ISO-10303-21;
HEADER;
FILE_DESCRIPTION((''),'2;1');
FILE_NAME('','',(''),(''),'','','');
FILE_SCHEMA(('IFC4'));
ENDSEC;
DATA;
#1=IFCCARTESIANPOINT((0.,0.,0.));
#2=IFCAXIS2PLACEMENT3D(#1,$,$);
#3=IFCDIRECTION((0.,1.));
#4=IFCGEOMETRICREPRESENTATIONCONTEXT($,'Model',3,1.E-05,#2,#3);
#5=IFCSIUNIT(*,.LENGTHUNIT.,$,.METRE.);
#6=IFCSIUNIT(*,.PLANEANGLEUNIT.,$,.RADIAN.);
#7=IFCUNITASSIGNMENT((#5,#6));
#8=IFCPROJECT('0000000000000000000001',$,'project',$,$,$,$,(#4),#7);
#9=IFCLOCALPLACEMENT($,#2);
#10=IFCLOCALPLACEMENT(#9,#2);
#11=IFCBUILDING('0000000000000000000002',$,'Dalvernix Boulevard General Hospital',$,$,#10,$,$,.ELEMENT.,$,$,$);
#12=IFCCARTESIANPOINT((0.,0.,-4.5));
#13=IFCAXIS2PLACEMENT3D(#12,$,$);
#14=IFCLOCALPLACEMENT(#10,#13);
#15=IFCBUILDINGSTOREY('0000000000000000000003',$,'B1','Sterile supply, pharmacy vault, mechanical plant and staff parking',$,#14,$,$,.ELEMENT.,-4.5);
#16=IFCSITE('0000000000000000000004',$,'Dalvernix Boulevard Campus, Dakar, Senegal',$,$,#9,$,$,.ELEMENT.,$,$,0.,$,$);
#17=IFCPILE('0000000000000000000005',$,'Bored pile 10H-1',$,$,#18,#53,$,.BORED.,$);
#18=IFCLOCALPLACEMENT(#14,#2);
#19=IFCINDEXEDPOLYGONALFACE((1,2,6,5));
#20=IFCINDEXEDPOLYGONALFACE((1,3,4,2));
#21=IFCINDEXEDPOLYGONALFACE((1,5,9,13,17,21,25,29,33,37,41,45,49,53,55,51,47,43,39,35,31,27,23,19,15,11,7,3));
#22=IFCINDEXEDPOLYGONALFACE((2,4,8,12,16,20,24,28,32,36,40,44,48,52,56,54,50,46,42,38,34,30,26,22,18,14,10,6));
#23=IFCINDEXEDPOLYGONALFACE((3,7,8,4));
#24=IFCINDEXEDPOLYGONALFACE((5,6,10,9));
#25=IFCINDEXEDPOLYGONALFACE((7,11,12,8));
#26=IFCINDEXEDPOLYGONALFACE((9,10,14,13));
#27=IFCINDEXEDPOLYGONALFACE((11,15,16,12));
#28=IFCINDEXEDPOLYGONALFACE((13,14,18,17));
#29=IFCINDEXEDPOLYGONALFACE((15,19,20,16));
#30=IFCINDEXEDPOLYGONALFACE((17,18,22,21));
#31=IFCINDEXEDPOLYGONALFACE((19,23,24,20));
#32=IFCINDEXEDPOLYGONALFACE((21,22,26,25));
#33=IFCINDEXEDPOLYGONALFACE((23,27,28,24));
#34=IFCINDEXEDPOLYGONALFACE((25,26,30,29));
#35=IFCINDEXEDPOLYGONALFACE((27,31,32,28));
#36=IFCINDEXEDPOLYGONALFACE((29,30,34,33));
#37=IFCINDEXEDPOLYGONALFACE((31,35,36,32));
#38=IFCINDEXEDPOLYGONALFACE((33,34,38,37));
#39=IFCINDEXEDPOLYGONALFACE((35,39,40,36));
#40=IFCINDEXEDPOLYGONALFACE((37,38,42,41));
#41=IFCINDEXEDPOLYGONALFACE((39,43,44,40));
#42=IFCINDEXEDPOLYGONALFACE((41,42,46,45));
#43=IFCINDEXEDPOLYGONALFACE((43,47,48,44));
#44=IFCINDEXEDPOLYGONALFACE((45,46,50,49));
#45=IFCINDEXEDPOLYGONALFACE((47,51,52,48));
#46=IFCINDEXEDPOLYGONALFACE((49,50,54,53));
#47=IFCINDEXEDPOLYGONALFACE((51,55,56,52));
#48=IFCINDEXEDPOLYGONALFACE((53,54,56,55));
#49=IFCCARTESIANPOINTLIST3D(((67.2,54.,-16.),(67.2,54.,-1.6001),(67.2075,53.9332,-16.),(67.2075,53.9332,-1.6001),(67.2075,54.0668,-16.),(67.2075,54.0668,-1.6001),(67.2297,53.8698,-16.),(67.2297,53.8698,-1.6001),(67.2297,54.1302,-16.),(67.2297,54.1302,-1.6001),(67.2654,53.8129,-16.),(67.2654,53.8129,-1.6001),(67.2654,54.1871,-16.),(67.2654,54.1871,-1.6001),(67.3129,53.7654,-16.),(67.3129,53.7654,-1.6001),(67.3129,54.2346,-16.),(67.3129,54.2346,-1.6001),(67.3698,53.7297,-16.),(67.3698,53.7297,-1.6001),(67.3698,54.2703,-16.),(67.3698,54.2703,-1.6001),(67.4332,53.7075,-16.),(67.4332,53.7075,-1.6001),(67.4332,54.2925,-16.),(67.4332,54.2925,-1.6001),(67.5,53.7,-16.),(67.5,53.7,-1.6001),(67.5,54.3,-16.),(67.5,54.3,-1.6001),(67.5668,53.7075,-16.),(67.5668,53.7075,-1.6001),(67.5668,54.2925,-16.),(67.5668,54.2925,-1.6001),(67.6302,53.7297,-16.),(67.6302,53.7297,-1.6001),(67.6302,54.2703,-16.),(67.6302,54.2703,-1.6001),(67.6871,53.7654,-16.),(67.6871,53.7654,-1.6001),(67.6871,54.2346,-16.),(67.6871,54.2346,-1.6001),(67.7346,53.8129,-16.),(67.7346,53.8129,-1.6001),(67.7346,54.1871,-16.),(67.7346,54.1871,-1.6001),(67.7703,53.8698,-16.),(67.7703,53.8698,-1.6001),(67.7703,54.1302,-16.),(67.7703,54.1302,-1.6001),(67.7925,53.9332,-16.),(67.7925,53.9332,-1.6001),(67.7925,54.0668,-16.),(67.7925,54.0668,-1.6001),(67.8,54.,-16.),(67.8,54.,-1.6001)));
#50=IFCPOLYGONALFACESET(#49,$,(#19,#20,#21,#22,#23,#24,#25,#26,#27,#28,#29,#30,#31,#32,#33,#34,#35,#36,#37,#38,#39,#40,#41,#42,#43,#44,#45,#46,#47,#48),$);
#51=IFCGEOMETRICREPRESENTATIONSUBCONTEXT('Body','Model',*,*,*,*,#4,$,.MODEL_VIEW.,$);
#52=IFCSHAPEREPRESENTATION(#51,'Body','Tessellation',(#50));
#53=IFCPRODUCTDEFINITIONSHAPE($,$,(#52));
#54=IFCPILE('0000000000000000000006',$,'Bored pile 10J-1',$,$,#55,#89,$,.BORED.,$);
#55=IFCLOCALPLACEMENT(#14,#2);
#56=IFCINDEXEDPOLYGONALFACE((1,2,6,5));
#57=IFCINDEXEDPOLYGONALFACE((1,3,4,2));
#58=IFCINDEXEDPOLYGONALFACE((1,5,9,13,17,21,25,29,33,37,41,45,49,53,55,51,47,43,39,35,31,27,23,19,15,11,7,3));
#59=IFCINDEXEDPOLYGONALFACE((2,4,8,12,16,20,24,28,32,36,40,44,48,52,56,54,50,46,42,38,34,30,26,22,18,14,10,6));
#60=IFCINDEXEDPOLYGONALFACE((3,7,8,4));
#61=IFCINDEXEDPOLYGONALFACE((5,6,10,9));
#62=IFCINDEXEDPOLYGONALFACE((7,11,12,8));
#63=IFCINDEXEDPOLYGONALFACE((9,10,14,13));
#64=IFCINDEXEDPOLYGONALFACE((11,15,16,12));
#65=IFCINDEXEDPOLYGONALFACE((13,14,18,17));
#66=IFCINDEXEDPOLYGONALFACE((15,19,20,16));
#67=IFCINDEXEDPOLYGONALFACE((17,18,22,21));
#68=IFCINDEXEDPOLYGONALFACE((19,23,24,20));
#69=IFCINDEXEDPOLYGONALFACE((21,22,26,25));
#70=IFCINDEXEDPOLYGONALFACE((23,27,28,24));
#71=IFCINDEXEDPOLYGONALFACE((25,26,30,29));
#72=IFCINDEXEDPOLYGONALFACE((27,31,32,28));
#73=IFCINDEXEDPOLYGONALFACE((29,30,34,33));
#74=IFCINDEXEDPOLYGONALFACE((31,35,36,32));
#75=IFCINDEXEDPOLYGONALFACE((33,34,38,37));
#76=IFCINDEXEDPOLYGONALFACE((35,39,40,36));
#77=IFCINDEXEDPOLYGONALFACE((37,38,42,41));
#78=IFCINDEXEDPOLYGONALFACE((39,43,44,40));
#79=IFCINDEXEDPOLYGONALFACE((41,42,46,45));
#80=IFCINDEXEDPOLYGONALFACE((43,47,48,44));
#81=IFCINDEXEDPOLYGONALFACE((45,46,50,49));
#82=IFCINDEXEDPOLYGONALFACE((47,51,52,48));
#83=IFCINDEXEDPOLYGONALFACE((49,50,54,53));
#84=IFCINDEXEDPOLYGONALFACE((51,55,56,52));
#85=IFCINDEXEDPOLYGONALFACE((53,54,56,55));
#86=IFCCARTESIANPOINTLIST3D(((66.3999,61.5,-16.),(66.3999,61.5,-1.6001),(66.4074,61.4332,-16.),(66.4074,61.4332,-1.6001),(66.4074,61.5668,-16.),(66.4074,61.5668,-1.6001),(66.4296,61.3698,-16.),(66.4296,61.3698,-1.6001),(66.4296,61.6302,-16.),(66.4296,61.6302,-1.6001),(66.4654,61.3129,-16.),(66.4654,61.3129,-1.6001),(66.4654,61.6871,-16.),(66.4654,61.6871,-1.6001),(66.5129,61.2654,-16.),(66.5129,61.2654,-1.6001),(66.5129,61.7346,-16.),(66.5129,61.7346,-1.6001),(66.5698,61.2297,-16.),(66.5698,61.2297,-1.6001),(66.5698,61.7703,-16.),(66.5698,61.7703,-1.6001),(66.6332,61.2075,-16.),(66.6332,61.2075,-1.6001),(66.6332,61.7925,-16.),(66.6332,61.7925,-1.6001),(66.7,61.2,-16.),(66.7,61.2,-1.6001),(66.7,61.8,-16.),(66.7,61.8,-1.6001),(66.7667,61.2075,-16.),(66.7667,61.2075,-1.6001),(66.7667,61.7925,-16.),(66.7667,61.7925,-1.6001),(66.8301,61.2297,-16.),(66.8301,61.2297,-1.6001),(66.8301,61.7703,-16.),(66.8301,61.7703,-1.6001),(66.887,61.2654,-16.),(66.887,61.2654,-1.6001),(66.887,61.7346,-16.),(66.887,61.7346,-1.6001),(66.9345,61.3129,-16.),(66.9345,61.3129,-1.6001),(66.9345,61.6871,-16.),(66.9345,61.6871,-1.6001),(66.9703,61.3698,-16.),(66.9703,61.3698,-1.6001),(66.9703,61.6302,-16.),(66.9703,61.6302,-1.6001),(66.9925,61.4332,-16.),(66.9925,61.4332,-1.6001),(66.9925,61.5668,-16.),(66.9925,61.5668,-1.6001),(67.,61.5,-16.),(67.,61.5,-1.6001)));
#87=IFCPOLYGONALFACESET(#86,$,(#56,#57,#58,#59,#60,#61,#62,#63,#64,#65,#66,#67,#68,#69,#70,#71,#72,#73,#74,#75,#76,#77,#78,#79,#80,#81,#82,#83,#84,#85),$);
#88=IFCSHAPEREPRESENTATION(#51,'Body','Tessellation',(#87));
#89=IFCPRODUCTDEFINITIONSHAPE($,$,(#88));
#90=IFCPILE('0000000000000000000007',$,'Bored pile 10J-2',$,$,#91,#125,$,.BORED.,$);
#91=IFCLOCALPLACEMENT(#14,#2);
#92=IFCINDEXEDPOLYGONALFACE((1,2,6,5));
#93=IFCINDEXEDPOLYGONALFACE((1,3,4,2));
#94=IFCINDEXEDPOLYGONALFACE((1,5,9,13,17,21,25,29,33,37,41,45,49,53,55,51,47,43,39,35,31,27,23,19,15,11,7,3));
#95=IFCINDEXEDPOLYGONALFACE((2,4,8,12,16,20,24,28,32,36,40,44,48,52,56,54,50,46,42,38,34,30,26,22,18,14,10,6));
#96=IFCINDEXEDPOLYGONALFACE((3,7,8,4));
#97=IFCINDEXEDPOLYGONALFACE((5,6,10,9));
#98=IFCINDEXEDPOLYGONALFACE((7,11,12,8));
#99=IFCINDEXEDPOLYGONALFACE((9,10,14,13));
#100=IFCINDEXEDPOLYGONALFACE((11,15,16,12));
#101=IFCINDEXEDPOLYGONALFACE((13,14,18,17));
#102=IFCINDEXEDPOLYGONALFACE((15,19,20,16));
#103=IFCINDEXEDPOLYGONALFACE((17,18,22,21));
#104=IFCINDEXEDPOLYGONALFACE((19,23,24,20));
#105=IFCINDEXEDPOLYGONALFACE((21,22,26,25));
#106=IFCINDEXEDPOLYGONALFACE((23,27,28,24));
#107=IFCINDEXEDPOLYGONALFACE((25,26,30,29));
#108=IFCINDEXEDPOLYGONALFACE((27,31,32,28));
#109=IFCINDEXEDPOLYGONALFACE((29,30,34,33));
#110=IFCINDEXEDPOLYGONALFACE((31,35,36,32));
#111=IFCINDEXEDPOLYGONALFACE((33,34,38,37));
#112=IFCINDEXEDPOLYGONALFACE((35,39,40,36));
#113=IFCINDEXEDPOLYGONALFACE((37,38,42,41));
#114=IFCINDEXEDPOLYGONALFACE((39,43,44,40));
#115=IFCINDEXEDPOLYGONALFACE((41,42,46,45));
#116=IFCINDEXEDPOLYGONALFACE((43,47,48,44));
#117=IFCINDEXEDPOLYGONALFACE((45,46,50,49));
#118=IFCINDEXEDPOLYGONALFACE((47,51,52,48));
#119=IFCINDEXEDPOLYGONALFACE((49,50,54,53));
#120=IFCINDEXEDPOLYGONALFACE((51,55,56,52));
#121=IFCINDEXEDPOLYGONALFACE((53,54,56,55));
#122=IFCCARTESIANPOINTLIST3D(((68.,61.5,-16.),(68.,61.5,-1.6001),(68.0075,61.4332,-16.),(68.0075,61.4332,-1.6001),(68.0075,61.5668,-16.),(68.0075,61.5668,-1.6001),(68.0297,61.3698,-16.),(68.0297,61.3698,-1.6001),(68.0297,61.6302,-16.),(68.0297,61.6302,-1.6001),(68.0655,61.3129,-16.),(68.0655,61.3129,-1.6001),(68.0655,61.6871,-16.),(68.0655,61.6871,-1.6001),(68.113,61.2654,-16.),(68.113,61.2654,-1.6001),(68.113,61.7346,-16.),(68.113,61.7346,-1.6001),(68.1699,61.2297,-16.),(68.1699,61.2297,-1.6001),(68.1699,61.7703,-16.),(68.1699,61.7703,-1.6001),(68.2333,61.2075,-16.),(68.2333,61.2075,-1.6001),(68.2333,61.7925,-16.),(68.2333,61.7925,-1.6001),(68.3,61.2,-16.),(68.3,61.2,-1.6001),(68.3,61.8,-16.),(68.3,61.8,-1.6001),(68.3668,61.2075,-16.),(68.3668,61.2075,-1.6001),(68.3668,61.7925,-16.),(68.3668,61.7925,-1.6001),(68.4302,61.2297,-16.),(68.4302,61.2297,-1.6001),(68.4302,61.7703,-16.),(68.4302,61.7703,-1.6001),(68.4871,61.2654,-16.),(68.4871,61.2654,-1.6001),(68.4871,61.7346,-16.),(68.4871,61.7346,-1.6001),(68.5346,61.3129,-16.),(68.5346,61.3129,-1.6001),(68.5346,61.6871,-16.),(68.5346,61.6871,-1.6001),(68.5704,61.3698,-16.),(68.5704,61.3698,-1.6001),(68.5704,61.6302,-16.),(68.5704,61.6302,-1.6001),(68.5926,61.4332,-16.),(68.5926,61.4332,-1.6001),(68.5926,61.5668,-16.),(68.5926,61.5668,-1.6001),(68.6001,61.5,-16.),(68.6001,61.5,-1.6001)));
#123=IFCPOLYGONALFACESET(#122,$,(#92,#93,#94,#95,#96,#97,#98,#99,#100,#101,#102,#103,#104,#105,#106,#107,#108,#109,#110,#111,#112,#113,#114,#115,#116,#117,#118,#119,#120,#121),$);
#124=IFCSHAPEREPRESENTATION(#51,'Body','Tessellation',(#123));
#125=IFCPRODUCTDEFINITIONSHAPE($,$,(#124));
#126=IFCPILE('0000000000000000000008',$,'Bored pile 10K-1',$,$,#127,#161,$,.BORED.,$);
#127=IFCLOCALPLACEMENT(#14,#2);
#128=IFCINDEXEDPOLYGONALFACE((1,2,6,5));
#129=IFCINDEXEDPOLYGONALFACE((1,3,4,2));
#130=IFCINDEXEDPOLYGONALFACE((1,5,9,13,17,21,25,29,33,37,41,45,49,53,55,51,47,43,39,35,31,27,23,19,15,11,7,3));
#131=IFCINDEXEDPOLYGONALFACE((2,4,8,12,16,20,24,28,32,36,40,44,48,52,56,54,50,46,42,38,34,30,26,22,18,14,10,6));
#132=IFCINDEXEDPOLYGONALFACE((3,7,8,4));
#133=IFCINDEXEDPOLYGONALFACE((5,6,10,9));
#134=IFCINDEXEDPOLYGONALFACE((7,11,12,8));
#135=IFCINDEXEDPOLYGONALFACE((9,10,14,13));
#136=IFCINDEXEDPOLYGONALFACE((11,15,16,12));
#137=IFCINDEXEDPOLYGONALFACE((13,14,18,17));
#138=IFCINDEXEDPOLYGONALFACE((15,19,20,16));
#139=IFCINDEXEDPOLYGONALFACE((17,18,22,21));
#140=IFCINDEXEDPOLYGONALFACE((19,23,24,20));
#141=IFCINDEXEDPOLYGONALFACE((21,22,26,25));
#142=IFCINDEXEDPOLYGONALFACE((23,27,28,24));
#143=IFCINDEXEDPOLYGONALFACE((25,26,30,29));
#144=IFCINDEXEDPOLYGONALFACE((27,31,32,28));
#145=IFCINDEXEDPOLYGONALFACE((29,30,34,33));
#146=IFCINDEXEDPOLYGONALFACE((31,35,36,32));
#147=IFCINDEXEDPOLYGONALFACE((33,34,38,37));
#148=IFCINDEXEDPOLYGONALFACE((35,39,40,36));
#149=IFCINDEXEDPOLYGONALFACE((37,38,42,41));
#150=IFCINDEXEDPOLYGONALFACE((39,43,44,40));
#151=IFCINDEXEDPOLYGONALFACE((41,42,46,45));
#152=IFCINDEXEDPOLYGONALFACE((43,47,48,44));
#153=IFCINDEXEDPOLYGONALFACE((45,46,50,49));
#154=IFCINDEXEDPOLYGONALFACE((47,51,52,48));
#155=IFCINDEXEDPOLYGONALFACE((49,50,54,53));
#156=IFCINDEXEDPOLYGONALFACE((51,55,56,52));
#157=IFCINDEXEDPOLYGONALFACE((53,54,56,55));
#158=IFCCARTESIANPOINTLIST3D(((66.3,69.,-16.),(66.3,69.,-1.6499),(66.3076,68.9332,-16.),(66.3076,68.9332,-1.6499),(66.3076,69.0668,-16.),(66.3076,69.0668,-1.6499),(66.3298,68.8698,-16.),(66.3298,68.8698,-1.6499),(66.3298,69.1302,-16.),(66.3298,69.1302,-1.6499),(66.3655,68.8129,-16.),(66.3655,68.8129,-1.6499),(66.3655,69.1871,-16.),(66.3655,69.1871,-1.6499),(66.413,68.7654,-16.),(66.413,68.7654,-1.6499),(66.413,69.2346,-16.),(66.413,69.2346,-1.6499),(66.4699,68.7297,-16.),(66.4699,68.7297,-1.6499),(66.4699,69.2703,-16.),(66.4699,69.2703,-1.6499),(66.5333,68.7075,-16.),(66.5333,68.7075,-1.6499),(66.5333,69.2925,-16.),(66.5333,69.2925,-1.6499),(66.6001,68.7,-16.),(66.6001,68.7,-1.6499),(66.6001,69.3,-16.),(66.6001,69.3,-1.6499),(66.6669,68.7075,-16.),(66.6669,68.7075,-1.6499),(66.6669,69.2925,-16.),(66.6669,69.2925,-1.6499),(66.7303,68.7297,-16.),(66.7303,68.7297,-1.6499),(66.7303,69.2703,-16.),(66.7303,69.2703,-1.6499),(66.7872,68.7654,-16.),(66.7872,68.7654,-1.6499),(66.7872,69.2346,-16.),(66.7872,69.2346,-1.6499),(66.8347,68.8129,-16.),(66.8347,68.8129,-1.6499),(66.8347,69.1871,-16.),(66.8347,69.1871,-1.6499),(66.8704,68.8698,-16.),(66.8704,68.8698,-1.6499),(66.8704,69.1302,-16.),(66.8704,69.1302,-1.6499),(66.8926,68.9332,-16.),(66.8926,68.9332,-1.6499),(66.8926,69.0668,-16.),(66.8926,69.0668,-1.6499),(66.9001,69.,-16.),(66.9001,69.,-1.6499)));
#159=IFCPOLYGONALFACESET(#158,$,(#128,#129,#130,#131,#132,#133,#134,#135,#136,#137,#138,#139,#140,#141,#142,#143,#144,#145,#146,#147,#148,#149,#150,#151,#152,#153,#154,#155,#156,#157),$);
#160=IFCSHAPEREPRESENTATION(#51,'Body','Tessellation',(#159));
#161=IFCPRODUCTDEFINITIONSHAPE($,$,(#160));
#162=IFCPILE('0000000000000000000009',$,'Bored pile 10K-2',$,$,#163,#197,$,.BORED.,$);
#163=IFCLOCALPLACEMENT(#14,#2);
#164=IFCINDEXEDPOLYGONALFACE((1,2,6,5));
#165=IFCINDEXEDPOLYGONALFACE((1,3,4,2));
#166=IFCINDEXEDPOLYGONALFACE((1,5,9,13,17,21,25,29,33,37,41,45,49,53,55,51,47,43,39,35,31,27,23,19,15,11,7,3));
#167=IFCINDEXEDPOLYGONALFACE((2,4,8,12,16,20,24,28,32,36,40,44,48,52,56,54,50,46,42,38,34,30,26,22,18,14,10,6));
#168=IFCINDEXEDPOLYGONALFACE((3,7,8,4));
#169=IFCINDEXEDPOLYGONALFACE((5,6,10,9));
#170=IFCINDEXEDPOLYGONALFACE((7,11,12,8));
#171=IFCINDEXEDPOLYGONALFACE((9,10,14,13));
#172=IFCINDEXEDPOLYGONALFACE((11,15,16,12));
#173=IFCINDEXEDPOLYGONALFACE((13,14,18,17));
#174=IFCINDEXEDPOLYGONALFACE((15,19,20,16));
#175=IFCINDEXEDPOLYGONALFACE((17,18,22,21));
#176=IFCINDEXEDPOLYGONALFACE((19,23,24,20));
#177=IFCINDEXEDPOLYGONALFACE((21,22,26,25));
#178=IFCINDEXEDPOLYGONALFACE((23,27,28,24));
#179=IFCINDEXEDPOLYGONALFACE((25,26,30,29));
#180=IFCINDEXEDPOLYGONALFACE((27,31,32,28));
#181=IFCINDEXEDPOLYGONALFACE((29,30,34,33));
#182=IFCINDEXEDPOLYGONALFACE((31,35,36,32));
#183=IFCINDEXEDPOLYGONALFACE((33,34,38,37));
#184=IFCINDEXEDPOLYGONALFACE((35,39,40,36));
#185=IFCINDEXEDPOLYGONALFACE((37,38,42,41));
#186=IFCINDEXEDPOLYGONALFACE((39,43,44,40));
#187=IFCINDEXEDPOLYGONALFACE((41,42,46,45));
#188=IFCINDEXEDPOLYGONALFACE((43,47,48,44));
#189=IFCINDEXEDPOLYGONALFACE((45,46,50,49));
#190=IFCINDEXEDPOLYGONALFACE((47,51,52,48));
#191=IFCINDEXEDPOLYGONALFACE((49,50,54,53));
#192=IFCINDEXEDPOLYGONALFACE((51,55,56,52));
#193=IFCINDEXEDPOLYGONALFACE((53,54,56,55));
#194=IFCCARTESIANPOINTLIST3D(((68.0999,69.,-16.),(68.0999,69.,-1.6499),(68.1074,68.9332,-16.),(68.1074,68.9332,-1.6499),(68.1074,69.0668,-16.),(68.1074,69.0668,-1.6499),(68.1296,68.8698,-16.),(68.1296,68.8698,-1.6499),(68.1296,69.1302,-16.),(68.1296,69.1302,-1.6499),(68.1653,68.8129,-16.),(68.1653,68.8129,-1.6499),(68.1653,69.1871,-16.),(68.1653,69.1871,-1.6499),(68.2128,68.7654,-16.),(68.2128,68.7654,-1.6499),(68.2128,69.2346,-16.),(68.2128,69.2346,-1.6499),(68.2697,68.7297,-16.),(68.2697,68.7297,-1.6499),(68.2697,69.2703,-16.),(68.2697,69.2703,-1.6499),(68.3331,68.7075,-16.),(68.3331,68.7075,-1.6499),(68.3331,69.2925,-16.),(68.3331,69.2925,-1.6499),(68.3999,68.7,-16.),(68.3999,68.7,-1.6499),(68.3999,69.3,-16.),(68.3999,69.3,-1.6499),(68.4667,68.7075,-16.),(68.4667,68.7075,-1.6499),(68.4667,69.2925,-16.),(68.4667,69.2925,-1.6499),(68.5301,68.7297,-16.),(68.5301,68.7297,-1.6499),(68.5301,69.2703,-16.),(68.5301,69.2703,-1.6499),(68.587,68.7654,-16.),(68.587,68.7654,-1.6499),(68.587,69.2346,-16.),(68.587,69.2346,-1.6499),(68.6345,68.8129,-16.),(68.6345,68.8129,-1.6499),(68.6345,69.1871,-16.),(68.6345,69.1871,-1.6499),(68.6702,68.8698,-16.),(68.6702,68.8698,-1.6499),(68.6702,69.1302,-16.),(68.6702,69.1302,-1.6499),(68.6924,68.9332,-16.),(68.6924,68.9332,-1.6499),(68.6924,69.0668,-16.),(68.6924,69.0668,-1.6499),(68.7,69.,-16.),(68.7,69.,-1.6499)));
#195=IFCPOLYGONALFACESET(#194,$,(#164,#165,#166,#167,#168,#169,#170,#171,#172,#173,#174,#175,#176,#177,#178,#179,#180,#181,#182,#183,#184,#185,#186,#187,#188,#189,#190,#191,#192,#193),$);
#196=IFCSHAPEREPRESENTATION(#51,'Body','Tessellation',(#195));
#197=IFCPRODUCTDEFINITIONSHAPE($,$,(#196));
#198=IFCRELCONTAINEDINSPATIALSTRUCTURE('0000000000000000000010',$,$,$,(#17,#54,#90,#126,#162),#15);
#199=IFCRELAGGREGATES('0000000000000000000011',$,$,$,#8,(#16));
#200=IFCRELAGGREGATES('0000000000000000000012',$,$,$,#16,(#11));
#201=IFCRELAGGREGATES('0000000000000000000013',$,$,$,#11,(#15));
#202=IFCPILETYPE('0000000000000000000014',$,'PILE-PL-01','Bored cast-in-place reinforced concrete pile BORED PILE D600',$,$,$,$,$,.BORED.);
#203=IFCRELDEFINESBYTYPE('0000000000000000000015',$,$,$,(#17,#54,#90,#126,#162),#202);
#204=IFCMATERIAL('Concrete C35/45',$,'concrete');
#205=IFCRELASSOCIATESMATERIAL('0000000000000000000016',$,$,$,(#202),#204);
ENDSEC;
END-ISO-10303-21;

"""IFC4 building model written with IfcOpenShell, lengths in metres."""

from ifc_helpers import new_model, si_unit, direction, frame, origin, origin_2d, place, context, subcontext, project, spatial, circle, extrude, material, material_profile, profile_set, type_object, element, save


model = new_model("IFC4")

# Units and contexts
model_context = context("Model", 3, precision=1e-05, world=origin(), true_north=direction((0.0, 1.0)))
body_context = subcontext(model_context, "Body", "Model", "MODEL_VIEW")
ifc_project = project(units=[si_unit("LENGTHUNIT", "METRE"), si_unit("PLANEANGLEUNIT", "RADIAN")], contexts=[model_context])

# Site, building, storey
site_placement = place(None, origin())
site = spatial("IfcSite", under=ifc_project, at=site_placement, Name="Dalvernix Boulevard Campus, Dakar, Senegal", CompositionType="ELEMENT", RefElevation=0.0)
building_placement = place(site_placement, origin())
building = spatial("IfcBuilding", under=site, at=building_placement, Name="Dalvernix Boulevard General Hospital", CompositionType="ELEMENT")
storey_placement = place(building_placement, frame((0.0, 0.0, -4.5)))
storey = spatial("IfcBuildingStorey", under=building, at=storey_placement, Name="B1", Description="Sterile supply, pharmacy vault, mechanical plant and staff parking", CompositionType="ELEMENT", Elevation=-4.5)

# Shared definitions
ifc_material_1 = material(Name="Concrete C35/45", Category="concrete")

# Piles
ifc_material_profile_1 = material_profile(ifc_material_1, circle(Radius=0.3, at=origin_2d()), Name="BORED PILE D600")
ifc_profile_set_1 = profile_set([ifc_material_profile_1], Name="Concrete C35/45")
pile_type = type_object("IfcPileType", Name="PILE-PL-01", Description="Bored cast-in-place reinforced concrete pile BORED PILE D600", PredefinedType="BORED", material=ifc_profile_set_1)
for number, where, z_axis, x_axis, name in (
    (1, (67.5, 54.0, -1.6001), (0.0, 0.0, -1.0), (1.0, 0.0, 0.0), "Bored pile 10H-1"),
    (2, (66.7, 61.5, -1.6001), (0.0, 0.0, -1.0), (1.0, 0.0, 0.0), "Bored pile 10J-1"),
    (3, (68.3, 61.5, -1.6001), (0.0, 0.0, -1.0), (1.0, 0.0, 0.0), "Bored pile 10J-2"),
):
    element("IfcPile", number, at=place(storey_placement, frame(where, z_axis=z_axis, x_axis=x_axis)), inside=storey, type_object=pile_type, Name=name, PredefinedType="BORED", context=body_context, shape_type="SweptSolid", body=[
        extrude(circle(Radius=0.3, at=origin_2d()), origin(), (0.0, 0.0, 1.0), 14.3999),
    ])
for number, where, z_axis, x_axis, name in (
    (4, (66.6001, 69.0, -1.6499), (0.0, 0.0, -1.0), (1.0, 0.0, 0.0), "Bored pile 10K-1"),
    (5, (68.3999, 69.0, -1.6499), (0.0, 0.0, -1.0), (1.0, 0.0, 0.0), "Bored pile 10K-2"),
):
    element("IfcPile", number, at=place(storey_placement, frame(where, z_axis=z_axis, x_axis=x_axis)), inside=storey, type_object=pile_type, Name=name, PredefinedType="BORED", context=body_context, shape_type="SweptSolid", body=[
        extrude(circle(Radius=0.3, at=origin_2d()), origin(), (0.0, 0.0, 1.0), 14.3501),
    ])

save(model, "model.ifc")
